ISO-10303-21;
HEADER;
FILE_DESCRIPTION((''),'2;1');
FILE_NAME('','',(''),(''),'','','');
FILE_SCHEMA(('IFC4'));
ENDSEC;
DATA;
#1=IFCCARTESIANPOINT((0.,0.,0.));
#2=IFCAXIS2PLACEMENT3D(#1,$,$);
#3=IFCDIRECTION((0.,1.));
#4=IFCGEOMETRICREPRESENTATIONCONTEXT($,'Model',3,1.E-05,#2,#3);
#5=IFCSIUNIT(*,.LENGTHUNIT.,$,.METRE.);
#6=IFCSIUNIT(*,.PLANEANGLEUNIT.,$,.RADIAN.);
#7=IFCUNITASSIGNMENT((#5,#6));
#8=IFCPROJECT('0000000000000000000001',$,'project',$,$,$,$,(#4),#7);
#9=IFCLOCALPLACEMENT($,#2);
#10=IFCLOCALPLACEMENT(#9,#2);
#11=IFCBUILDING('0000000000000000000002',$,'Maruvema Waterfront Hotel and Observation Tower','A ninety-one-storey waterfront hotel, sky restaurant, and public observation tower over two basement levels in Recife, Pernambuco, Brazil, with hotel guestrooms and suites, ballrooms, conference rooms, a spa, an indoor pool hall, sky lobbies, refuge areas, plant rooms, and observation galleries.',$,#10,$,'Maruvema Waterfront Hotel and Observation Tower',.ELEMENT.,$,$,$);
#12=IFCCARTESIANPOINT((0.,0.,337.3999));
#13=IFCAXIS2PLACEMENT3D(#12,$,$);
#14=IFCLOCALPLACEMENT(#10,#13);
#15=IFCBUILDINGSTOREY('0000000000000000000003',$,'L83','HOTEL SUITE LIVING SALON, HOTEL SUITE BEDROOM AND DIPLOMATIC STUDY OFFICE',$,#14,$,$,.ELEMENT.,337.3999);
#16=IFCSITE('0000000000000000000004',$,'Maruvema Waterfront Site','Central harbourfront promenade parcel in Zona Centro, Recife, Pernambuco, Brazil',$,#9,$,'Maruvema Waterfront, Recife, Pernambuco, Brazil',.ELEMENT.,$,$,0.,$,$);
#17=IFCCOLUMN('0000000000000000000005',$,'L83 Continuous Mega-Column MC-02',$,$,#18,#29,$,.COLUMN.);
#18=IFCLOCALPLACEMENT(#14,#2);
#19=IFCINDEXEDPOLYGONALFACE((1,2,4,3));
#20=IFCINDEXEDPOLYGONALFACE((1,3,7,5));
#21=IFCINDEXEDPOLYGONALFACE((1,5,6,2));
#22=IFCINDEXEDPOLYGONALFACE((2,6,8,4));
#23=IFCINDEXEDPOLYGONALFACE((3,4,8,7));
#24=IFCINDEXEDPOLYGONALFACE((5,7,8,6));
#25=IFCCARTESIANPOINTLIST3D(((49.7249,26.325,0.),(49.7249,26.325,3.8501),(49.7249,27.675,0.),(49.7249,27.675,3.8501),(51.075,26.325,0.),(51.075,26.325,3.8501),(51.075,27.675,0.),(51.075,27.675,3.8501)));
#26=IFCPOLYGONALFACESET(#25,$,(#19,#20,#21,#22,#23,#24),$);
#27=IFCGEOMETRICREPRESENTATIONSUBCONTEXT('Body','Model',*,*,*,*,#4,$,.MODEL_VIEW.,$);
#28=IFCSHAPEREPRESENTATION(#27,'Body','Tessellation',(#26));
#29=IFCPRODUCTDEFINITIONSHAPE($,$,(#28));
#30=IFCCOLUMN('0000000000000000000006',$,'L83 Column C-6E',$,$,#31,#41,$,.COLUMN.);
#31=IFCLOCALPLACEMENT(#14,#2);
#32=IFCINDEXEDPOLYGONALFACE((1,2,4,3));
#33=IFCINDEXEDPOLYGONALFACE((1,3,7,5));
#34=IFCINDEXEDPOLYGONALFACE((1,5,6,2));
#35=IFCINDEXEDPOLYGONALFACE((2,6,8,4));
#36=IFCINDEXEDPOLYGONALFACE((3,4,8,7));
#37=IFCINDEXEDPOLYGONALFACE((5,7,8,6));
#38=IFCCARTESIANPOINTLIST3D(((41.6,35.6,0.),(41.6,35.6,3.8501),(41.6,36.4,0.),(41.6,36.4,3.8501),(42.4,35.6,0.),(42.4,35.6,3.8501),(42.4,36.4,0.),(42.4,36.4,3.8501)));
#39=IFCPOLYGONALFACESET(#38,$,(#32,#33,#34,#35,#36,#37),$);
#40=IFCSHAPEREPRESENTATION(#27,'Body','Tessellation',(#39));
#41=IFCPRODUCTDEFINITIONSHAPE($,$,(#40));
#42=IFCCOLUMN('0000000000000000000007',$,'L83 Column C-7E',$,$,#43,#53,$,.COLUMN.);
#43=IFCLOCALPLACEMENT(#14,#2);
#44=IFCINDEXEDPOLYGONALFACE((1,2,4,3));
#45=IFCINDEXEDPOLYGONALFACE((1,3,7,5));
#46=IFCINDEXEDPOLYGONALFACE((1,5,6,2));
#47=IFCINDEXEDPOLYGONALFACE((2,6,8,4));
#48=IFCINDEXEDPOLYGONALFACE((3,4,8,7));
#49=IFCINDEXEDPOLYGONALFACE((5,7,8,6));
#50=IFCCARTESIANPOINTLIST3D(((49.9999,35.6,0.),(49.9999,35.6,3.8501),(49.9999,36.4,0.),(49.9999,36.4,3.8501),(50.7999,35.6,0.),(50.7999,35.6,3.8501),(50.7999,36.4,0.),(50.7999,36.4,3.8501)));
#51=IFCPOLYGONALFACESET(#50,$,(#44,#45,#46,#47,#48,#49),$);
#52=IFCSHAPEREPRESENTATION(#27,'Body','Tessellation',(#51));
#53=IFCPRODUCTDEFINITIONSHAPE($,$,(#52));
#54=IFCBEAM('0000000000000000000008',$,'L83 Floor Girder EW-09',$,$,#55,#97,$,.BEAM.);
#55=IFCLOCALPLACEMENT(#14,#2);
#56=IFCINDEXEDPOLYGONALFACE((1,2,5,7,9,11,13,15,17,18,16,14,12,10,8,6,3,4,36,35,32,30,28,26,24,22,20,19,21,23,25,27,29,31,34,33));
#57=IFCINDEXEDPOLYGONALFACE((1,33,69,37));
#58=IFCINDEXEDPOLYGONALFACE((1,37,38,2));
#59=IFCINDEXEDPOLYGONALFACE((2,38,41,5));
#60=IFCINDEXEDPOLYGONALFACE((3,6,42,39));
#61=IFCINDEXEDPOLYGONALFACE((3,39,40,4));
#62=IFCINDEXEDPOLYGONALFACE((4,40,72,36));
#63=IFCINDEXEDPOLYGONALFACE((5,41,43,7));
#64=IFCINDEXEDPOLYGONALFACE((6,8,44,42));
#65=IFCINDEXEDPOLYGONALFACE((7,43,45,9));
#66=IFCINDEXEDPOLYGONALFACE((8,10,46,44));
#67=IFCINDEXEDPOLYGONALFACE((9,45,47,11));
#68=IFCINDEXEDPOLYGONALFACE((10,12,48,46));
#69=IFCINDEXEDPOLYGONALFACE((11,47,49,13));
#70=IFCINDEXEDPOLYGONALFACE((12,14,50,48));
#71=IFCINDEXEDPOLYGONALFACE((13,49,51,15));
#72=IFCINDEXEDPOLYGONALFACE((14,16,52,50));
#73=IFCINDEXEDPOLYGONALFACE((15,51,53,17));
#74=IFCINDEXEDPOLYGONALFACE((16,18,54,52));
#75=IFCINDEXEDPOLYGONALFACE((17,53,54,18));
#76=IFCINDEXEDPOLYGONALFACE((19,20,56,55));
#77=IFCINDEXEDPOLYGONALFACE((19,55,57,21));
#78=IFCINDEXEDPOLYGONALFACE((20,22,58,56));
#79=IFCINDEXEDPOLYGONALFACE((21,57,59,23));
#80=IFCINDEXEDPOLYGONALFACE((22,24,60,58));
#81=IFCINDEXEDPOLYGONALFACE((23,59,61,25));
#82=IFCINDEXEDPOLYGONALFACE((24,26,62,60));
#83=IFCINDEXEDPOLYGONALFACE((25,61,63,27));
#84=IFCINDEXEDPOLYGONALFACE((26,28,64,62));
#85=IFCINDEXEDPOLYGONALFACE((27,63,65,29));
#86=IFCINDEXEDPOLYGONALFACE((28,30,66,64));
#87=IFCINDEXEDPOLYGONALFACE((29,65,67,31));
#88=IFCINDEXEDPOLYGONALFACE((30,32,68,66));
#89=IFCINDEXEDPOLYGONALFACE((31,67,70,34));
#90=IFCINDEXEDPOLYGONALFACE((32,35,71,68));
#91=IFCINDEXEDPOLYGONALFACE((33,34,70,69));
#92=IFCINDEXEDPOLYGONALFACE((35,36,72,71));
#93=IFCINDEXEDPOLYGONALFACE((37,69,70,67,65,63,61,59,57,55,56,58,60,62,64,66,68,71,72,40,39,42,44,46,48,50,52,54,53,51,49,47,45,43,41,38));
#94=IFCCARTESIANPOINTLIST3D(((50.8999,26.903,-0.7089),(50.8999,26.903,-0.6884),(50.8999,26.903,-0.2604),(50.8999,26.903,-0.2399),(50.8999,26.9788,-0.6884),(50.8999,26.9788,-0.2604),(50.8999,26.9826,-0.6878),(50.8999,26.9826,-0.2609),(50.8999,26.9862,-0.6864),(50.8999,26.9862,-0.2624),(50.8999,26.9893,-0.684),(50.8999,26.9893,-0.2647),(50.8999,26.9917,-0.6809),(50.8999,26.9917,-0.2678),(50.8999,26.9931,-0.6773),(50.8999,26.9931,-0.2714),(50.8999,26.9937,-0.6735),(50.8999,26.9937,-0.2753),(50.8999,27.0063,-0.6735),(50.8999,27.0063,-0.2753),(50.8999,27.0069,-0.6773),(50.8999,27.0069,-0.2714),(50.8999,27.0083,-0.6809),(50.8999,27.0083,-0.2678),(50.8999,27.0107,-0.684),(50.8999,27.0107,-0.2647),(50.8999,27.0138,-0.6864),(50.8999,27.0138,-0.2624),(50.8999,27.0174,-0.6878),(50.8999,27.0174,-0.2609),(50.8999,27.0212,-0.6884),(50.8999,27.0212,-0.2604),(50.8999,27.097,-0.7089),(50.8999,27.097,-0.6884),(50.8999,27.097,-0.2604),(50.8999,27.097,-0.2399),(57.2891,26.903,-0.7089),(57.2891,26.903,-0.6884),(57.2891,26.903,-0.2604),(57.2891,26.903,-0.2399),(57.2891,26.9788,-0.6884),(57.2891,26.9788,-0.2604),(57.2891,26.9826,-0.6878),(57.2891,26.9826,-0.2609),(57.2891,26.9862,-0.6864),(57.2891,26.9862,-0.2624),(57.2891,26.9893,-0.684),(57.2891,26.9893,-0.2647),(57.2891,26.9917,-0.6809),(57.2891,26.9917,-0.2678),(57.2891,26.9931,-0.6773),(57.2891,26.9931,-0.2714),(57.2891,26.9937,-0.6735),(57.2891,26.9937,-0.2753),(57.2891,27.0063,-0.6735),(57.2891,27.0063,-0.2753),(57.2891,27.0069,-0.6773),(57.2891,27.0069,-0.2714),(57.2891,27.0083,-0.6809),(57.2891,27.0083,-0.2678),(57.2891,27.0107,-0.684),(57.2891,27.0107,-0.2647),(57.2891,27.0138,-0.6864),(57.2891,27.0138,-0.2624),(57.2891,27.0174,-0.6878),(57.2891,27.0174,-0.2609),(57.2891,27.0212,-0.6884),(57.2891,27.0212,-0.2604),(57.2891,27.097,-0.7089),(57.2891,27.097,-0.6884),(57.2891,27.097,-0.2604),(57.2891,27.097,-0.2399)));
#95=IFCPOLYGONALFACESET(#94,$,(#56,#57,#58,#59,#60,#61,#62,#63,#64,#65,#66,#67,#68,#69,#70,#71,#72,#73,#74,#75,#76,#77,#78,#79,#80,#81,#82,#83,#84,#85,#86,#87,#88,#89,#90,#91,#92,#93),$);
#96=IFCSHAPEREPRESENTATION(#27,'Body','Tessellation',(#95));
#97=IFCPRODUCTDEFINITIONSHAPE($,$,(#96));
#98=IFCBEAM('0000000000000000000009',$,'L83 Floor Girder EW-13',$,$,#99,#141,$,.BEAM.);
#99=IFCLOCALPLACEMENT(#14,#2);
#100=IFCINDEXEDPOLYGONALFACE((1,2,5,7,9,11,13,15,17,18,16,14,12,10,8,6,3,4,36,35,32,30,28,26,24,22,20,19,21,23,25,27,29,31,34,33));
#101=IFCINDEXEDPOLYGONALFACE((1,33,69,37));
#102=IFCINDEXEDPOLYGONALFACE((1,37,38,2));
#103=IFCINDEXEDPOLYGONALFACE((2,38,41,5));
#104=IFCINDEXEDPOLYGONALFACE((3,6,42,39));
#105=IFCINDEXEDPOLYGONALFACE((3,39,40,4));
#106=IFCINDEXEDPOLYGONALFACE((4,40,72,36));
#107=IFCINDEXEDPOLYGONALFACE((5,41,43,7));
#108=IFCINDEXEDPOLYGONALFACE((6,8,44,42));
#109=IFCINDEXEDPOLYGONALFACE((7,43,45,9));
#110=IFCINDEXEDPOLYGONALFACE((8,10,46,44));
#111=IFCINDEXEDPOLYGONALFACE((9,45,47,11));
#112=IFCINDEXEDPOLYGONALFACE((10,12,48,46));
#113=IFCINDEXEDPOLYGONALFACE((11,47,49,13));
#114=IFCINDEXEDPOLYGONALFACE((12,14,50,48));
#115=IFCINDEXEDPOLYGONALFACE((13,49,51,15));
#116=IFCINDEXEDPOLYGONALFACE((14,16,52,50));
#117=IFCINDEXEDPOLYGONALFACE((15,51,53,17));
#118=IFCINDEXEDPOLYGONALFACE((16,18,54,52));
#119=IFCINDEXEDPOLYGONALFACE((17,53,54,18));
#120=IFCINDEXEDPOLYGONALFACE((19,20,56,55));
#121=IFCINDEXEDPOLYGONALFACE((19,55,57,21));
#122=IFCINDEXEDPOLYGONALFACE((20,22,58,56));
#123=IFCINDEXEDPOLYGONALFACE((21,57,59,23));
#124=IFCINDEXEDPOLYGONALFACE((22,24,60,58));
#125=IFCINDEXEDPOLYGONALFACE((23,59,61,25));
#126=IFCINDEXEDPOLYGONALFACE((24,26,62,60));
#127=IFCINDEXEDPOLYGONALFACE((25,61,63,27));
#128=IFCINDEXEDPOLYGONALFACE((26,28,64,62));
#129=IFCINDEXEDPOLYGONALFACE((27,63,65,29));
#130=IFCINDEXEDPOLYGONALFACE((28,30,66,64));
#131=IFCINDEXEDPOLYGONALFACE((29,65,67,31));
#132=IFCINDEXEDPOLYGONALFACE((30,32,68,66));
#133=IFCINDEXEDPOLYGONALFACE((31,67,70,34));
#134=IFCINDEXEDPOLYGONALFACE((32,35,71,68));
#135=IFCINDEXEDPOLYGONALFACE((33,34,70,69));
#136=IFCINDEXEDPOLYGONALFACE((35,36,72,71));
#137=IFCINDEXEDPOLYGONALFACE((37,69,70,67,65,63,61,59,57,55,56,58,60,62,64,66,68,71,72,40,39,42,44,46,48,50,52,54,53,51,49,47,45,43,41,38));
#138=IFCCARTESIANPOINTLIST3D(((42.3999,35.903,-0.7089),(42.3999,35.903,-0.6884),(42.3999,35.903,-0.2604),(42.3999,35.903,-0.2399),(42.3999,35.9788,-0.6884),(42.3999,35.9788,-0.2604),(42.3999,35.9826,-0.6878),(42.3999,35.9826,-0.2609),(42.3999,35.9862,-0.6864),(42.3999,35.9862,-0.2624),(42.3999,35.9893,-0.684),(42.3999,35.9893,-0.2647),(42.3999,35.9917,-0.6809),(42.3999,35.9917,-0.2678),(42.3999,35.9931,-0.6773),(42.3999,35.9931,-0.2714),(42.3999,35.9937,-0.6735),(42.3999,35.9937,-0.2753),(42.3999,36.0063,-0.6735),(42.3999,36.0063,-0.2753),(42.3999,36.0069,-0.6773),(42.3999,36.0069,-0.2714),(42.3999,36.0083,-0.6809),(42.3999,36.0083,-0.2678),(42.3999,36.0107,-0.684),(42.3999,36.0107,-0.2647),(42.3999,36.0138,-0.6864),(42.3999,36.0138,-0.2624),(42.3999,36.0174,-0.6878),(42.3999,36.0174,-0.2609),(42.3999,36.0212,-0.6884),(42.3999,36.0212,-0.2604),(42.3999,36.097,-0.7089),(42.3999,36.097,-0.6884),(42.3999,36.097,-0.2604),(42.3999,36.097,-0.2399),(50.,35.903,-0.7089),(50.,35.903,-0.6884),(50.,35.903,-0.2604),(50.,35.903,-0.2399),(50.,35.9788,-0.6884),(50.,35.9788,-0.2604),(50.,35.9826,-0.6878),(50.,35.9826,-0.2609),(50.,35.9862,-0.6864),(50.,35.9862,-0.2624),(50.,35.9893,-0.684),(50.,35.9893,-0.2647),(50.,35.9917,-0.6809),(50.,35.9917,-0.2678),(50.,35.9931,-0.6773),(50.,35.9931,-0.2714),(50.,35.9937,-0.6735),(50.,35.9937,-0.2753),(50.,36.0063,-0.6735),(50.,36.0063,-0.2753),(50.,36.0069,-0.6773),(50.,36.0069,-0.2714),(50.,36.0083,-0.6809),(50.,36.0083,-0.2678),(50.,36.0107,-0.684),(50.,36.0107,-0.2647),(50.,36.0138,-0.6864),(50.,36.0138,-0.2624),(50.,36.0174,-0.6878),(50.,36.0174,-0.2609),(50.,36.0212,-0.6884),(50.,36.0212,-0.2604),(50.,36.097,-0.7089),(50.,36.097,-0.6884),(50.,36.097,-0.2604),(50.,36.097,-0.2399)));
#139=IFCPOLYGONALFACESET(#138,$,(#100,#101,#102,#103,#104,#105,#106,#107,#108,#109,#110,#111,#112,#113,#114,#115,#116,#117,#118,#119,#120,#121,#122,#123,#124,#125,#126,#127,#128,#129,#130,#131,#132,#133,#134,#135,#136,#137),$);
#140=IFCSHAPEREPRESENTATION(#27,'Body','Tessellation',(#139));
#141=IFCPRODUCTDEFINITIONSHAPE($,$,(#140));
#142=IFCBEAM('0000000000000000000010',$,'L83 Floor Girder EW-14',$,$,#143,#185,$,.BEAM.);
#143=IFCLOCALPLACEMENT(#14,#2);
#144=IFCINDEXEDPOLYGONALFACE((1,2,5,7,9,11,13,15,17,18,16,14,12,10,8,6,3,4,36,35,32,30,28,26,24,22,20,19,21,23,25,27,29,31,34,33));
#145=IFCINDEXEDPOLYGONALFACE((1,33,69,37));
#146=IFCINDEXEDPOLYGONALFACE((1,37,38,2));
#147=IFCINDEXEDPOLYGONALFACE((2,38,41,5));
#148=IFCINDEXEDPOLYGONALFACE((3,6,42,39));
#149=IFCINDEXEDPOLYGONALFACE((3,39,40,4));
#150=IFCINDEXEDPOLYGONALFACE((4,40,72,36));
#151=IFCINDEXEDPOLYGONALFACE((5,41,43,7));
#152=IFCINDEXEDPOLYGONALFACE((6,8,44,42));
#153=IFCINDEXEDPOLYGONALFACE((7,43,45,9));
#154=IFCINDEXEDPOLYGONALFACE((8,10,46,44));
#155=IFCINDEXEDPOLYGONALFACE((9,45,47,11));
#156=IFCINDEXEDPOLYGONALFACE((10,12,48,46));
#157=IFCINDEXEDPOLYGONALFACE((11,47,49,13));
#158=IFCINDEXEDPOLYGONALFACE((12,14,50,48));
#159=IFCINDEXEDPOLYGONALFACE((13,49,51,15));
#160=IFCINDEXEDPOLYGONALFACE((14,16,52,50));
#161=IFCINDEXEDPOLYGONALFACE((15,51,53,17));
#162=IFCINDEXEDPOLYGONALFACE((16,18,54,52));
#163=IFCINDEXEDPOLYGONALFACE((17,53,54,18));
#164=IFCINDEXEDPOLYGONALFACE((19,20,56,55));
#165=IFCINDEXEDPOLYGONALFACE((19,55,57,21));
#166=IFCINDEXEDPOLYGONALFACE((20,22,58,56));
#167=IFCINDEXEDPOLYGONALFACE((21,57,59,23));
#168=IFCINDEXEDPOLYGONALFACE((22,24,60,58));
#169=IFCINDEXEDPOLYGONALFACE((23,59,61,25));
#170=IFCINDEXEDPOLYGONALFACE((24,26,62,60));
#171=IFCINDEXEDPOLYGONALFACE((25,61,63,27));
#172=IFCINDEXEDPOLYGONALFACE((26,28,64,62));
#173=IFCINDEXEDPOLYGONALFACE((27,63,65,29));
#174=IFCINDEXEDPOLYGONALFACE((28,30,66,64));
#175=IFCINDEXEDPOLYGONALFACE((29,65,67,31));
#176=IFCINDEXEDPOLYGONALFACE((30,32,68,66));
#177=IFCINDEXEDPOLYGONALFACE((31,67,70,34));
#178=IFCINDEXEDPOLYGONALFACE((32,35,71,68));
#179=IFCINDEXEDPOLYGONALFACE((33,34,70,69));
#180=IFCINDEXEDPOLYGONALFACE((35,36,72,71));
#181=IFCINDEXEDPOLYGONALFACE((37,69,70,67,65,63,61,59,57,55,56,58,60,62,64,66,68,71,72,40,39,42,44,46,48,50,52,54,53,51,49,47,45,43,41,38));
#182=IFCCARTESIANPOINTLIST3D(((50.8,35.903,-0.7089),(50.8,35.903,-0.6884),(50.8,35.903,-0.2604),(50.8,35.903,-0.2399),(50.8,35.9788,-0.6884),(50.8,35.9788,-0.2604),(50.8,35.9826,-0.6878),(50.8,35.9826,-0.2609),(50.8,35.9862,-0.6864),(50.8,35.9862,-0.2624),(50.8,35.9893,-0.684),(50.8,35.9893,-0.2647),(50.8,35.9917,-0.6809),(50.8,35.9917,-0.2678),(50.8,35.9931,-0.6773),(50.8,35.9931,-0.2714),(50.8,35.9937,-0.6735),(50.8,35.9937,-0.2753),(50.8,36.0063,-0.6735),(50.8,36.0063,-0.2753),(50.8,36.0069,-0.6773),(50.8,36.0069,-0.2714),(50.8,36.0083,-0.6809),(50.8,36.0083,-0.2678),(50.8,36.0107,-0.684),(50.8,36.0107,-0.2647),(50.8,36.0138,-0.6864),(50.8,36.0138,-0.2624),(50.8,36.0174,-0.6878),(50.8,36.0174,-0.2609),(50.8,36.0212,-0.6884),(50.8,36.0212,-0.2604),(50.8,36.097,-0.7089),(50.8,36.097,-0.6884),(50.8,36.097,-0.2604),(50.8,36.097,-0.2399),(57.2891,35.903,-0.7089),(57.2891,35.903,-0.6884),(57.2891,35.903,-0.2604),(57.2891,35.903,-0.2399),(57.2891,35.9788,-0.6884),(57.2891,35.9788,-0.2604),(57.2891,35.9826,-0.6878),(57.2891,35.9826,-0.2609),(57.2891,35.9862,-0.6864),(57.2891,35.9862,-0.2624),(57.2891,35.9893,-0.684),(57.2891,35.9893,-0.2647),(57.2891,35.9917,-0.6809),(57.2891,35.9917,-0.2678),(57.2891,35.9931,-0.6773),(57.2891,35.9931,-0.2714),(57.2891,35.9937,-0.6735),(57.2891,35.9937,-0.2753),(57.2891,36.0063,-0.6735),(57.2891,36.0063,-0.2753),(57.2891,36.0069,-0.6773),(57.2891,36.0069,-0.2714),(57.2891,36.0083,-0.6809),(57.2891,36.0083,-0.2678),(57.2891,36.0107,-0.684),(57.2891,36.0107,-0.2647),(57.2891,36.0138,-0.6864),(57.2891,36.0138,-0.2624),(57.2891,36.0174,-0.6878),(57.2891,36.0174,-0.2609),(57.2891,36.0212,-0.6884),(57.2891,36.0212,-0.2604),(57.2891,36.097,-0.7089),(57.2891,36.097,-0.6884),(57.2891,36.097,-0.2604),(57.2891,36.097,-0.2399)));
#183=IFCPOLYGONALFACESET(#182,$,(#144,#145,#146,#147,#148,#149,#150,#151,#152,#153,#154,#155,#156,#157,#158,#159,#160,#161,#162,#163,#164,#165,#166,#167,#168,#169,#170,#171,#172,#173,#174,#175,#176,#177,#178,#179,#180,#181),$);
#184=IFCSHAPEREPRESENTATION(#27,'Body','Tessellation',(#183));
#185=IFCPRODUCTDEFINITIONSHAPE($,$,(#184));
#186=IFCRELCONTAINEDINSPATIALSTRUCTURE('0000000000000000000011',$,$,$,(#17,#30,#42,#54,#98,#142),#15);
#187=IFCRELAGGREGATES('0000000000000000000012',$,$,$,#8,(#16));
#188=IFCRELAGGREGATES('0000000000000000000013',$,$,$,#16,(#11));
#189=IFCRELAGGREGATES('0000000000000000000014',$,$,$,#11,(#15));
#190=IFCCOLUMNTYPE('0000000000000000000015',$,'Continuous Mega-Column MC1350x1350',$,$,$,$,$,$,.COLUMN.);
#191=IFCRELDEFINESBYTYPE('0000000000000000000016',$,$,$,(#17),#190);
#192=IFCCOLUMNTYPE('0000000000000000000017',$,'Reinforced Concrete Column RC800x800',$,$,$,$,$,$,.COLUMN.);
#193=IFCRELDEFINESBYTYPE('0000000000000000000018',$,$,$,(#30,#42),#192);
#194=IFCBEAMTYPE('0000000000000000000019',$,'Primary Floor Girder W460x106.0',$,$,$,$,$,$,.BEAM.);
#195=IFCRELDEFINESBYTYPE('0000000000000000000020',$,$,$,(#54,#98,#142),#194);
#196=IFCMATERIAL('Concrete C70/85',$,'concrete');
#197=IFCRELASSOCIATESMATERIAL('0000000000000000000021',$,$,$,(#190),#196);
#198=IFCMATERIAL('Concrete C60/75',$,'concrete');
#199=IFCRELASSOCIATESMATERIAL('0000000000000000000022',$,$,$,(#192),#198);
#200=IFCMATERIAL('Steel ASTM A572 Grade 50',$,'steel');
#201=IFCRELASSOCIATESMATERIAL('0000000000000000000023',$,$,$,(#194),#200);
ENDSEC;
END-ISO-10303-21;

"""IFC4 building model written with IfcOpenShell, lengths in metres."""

from ifc_helpers import new_model, si_unit, direction, frame, origin, origin_2d, place, context, subcontext, project, spatial, rectangle, i_section, extrude, material, material_profile, profile_set, type_object, element, save


model = new_model("IFC4")

# Units and contexts
model_context = context("Model", 3, precision=1e-05, world=origin(), true_north=direction((0.0, 1.0)))
body_context = subcontext(model_context, "Body", "Model", "MODEL_VIEW")
ifc_project = project(units=[si_unit("LENGTHUNIT", "METRE"), si_unit("PLANEANGLEUNIT", "RADIAN")], contexts=[model_context])

# Site, building, storey
site_placement = place(None, origin())
site = spatial("IfcSite", under=ifc_project, at=site_placement, Name="Maruvema Waterfront Site", Description="Central harbourfront promenade parcel in Zona Centro, Recife, Pernambuco, Brazil", LongName="Maruvema Waterfront, Recife, Pernambuco, Brazil", CompositionType="ELEMENT", RefElevation=0.0)
building_placement = place(site_placement, origin())
building = spatial("IfcBuilding", under=site, at=building_placement, Name="Maruvema Waterfront Hotel and Observation Tower", Description="A ninety-one-storey waterfront hotel, sky restaurant, and public observation tower over two basement levels in Recife, Pernambuco, Brazil, with hotel guestrooms and suites, ballrooms, conference rooms, a spa, an indoor pool hall, sky lobbies, refuge areas, plant rooms, and observation galleries.", LongName="Maruvema Waterfront Hotel and Observation Tower", CompositionType="ELEMENT")
storey_placement = place(building_placement, frame((0.0, 0.0, 337.3999)))
storey = spatial("IfcBuildingStorey", under=building, at=storey_placement, Name="L83", Description="HOTEL SUITE LIVING SALON, HOTEL SUITE BEDROOM AND DIPLOMATIC STUDY OFFICE", CompositionType="ELEMENT", Elevation=337.3999)

# Columns
ifc_material_1 = material(Name="Concrete C70/85", Category="concrete")
ifc_material_profile_1 = material_profile(ifc_material_1, rectangle(XDim=1.3501, YDim=1.3501, at=origin_2d()), Name="MC1350x1350")
ifc_profile_set_1 = profile_set([ifc_material_profile_1], Name="Concrete C70/85")
column_type_1 = type_object("IfcColumnType", Name="Continuous Mega-Column MC1350x1350", PredefinedType="COLUMN", material=ifc_profile_set_1)
column_placement = place(storey_placement, frame((50.3999, 27.0, 0.0), z_axis=(0.0, 0.0, 1.0), x_axis=(1.0, 0.0, 0.0)))
element("IfcColumn", 1, at=column_placement, inside=storey, type_object=column_type_1, Name="L83 Continuous Mega-Column MC-02", PredefinedType="COLUMN", context=body_context, shape_type="SweptSolid", body=[
    extrude(rectangle(XDim=1.3501, YDim=1.3501, at=origin_2d()), origin(), (0.0, 0.0, 1.0), 3.8501),
])
ifc_material_2 = material(Name="Concrete C60/75", Category="concrete")
ifc_material_profile_2 = material_profile(ifc_material_2, rectangle(XDim=0.8, YDim=0.8, at=origin_2d()), Name="RC800x800")
ifc_profile_set_2 = profile_set([ifc_material_profile_2], Name="Concrete C60/75")
column_type_2 = type_object("IfcColumnType", Name="Reinforced Concrete Column RC800x800", PredefinedType="COLUMN", material=ifc_profile_set_2)
for number, where, z_axis, x_axis, name in (
    (2, (42.0, 36.0, 0.0), (0.0, 0.0, 1.0), (1.0, 0.0, 0.0), "L83 Column C-6E"),
    (3, (50.3999, 36.0, 0.0), (0.0, 0.0, 1.0), (1.0, 0.0, 0.0), "L83 Column C-7E"),
):
    element("IfcColumn", number, at=place(storey_placement, frame(where, z_axis=z_axis, x_axis=x_axis)), inside=storey, type_object=column_type_2, Name=name, PredefinedType="COLUMN", context=body_context, shape_type="SweptSolid", body=[
        extrude(rectangle(XDim=0.8, YDim=0.8, at=origin_2d()), origin(), (0.0, 0.0, 1.0), 3.8501),
    ])

# Beams
ifc_material_3 = material(Name="Steel ASTM A572 Grade 50", Category="steel")
ifc_material_profile_3 = material_profile(ifc_material_3, i_section(OverallWidth=0.1941, OverallDepth=0.469, WebThickness=0.0127, FlangeThickness=0.0205, FilletRadius=0.0149, at=origin_2d()), Name="W460x106.0")
ifc_profile_set_3 = profile_set([ifc_material_profile_3], Name="Steel ASTM A572 Grade 50")
beam_type = type_object("IfcBeamType", Name="Primary Floor Girder W460x106.0", PredefinedType="BEAM", material=ifc_profile_set_3)
beam_1_placement = place(storey_placement, frame((50.8999, 27.0, -0.4744), z_axis=(1.0, 0.0, 0.0), x_axis=(0.0, 1.0, 0.0)))
element("IfcBeam", 4, at=beam_1_placement, inside=storey, type_object=beam_type, Name="L83 Floor Girder EW-09", PredefinedType="BEAM", context=body_context, shape_type="SweptSolid", body=[
    extrude(i_section(OverallWidth=0.1941, OverallDepth=0.469, WebThickness=0.0127, FlangeThickness=0.0205, FilletRadius=0.0149, at=origin_2d()), origin(), (0.0, 0.0, 1.0), 6.3892),
])
beam_2_placement = place(storey_placement, frame((42.3999, 36.0, -0.4744), z_axis=(1.0, 0.0, 0.0), x_axis=(0.0, 1.0, 0.0)))
element("IfcBeam", 5, at=beam_2_placement, inside=storey, type_object=beam_type, Name="L83 Floor Girder EW-13", PredefinedType="BEAM", context=body_context, shape_type="SweptSolid", body=[
    extrude(i_section(OverallWidth=0.1941, OverallDepth=0.469, WebThickness=0.0127, FlangeThickness=0.0205, FilletRadius=0.0149, at=origin_2d()), origin(), (0.0, 0.0, 1.0), 7.6001),
])
beam_3_placement = place(storey_placement, frame((50.8, 36.0, -0.4744), z_axis=(1.0, 0.0, 0.0), x_axis=(0.0, 1.0, 0.0)))
element("IfcBeam", 6, at=beam_3_placement, inside=storey, type_object=beam_type, Name="L83 Floor Girder EW-14", PredefinedType="BEAM", context=body_context, shape_type="SweptSolid", body=[
    extrude(i_section(OverallWidth=0.1941, OverallDepth=0.469, WebThickness=0.0127, FlangeThickness=0.0205, FilletRadius=0.0149, at=origin_2d()), origin(), (0.0, 0.0, 1.0), 6.489),
])

save(model, "model.ifc")
